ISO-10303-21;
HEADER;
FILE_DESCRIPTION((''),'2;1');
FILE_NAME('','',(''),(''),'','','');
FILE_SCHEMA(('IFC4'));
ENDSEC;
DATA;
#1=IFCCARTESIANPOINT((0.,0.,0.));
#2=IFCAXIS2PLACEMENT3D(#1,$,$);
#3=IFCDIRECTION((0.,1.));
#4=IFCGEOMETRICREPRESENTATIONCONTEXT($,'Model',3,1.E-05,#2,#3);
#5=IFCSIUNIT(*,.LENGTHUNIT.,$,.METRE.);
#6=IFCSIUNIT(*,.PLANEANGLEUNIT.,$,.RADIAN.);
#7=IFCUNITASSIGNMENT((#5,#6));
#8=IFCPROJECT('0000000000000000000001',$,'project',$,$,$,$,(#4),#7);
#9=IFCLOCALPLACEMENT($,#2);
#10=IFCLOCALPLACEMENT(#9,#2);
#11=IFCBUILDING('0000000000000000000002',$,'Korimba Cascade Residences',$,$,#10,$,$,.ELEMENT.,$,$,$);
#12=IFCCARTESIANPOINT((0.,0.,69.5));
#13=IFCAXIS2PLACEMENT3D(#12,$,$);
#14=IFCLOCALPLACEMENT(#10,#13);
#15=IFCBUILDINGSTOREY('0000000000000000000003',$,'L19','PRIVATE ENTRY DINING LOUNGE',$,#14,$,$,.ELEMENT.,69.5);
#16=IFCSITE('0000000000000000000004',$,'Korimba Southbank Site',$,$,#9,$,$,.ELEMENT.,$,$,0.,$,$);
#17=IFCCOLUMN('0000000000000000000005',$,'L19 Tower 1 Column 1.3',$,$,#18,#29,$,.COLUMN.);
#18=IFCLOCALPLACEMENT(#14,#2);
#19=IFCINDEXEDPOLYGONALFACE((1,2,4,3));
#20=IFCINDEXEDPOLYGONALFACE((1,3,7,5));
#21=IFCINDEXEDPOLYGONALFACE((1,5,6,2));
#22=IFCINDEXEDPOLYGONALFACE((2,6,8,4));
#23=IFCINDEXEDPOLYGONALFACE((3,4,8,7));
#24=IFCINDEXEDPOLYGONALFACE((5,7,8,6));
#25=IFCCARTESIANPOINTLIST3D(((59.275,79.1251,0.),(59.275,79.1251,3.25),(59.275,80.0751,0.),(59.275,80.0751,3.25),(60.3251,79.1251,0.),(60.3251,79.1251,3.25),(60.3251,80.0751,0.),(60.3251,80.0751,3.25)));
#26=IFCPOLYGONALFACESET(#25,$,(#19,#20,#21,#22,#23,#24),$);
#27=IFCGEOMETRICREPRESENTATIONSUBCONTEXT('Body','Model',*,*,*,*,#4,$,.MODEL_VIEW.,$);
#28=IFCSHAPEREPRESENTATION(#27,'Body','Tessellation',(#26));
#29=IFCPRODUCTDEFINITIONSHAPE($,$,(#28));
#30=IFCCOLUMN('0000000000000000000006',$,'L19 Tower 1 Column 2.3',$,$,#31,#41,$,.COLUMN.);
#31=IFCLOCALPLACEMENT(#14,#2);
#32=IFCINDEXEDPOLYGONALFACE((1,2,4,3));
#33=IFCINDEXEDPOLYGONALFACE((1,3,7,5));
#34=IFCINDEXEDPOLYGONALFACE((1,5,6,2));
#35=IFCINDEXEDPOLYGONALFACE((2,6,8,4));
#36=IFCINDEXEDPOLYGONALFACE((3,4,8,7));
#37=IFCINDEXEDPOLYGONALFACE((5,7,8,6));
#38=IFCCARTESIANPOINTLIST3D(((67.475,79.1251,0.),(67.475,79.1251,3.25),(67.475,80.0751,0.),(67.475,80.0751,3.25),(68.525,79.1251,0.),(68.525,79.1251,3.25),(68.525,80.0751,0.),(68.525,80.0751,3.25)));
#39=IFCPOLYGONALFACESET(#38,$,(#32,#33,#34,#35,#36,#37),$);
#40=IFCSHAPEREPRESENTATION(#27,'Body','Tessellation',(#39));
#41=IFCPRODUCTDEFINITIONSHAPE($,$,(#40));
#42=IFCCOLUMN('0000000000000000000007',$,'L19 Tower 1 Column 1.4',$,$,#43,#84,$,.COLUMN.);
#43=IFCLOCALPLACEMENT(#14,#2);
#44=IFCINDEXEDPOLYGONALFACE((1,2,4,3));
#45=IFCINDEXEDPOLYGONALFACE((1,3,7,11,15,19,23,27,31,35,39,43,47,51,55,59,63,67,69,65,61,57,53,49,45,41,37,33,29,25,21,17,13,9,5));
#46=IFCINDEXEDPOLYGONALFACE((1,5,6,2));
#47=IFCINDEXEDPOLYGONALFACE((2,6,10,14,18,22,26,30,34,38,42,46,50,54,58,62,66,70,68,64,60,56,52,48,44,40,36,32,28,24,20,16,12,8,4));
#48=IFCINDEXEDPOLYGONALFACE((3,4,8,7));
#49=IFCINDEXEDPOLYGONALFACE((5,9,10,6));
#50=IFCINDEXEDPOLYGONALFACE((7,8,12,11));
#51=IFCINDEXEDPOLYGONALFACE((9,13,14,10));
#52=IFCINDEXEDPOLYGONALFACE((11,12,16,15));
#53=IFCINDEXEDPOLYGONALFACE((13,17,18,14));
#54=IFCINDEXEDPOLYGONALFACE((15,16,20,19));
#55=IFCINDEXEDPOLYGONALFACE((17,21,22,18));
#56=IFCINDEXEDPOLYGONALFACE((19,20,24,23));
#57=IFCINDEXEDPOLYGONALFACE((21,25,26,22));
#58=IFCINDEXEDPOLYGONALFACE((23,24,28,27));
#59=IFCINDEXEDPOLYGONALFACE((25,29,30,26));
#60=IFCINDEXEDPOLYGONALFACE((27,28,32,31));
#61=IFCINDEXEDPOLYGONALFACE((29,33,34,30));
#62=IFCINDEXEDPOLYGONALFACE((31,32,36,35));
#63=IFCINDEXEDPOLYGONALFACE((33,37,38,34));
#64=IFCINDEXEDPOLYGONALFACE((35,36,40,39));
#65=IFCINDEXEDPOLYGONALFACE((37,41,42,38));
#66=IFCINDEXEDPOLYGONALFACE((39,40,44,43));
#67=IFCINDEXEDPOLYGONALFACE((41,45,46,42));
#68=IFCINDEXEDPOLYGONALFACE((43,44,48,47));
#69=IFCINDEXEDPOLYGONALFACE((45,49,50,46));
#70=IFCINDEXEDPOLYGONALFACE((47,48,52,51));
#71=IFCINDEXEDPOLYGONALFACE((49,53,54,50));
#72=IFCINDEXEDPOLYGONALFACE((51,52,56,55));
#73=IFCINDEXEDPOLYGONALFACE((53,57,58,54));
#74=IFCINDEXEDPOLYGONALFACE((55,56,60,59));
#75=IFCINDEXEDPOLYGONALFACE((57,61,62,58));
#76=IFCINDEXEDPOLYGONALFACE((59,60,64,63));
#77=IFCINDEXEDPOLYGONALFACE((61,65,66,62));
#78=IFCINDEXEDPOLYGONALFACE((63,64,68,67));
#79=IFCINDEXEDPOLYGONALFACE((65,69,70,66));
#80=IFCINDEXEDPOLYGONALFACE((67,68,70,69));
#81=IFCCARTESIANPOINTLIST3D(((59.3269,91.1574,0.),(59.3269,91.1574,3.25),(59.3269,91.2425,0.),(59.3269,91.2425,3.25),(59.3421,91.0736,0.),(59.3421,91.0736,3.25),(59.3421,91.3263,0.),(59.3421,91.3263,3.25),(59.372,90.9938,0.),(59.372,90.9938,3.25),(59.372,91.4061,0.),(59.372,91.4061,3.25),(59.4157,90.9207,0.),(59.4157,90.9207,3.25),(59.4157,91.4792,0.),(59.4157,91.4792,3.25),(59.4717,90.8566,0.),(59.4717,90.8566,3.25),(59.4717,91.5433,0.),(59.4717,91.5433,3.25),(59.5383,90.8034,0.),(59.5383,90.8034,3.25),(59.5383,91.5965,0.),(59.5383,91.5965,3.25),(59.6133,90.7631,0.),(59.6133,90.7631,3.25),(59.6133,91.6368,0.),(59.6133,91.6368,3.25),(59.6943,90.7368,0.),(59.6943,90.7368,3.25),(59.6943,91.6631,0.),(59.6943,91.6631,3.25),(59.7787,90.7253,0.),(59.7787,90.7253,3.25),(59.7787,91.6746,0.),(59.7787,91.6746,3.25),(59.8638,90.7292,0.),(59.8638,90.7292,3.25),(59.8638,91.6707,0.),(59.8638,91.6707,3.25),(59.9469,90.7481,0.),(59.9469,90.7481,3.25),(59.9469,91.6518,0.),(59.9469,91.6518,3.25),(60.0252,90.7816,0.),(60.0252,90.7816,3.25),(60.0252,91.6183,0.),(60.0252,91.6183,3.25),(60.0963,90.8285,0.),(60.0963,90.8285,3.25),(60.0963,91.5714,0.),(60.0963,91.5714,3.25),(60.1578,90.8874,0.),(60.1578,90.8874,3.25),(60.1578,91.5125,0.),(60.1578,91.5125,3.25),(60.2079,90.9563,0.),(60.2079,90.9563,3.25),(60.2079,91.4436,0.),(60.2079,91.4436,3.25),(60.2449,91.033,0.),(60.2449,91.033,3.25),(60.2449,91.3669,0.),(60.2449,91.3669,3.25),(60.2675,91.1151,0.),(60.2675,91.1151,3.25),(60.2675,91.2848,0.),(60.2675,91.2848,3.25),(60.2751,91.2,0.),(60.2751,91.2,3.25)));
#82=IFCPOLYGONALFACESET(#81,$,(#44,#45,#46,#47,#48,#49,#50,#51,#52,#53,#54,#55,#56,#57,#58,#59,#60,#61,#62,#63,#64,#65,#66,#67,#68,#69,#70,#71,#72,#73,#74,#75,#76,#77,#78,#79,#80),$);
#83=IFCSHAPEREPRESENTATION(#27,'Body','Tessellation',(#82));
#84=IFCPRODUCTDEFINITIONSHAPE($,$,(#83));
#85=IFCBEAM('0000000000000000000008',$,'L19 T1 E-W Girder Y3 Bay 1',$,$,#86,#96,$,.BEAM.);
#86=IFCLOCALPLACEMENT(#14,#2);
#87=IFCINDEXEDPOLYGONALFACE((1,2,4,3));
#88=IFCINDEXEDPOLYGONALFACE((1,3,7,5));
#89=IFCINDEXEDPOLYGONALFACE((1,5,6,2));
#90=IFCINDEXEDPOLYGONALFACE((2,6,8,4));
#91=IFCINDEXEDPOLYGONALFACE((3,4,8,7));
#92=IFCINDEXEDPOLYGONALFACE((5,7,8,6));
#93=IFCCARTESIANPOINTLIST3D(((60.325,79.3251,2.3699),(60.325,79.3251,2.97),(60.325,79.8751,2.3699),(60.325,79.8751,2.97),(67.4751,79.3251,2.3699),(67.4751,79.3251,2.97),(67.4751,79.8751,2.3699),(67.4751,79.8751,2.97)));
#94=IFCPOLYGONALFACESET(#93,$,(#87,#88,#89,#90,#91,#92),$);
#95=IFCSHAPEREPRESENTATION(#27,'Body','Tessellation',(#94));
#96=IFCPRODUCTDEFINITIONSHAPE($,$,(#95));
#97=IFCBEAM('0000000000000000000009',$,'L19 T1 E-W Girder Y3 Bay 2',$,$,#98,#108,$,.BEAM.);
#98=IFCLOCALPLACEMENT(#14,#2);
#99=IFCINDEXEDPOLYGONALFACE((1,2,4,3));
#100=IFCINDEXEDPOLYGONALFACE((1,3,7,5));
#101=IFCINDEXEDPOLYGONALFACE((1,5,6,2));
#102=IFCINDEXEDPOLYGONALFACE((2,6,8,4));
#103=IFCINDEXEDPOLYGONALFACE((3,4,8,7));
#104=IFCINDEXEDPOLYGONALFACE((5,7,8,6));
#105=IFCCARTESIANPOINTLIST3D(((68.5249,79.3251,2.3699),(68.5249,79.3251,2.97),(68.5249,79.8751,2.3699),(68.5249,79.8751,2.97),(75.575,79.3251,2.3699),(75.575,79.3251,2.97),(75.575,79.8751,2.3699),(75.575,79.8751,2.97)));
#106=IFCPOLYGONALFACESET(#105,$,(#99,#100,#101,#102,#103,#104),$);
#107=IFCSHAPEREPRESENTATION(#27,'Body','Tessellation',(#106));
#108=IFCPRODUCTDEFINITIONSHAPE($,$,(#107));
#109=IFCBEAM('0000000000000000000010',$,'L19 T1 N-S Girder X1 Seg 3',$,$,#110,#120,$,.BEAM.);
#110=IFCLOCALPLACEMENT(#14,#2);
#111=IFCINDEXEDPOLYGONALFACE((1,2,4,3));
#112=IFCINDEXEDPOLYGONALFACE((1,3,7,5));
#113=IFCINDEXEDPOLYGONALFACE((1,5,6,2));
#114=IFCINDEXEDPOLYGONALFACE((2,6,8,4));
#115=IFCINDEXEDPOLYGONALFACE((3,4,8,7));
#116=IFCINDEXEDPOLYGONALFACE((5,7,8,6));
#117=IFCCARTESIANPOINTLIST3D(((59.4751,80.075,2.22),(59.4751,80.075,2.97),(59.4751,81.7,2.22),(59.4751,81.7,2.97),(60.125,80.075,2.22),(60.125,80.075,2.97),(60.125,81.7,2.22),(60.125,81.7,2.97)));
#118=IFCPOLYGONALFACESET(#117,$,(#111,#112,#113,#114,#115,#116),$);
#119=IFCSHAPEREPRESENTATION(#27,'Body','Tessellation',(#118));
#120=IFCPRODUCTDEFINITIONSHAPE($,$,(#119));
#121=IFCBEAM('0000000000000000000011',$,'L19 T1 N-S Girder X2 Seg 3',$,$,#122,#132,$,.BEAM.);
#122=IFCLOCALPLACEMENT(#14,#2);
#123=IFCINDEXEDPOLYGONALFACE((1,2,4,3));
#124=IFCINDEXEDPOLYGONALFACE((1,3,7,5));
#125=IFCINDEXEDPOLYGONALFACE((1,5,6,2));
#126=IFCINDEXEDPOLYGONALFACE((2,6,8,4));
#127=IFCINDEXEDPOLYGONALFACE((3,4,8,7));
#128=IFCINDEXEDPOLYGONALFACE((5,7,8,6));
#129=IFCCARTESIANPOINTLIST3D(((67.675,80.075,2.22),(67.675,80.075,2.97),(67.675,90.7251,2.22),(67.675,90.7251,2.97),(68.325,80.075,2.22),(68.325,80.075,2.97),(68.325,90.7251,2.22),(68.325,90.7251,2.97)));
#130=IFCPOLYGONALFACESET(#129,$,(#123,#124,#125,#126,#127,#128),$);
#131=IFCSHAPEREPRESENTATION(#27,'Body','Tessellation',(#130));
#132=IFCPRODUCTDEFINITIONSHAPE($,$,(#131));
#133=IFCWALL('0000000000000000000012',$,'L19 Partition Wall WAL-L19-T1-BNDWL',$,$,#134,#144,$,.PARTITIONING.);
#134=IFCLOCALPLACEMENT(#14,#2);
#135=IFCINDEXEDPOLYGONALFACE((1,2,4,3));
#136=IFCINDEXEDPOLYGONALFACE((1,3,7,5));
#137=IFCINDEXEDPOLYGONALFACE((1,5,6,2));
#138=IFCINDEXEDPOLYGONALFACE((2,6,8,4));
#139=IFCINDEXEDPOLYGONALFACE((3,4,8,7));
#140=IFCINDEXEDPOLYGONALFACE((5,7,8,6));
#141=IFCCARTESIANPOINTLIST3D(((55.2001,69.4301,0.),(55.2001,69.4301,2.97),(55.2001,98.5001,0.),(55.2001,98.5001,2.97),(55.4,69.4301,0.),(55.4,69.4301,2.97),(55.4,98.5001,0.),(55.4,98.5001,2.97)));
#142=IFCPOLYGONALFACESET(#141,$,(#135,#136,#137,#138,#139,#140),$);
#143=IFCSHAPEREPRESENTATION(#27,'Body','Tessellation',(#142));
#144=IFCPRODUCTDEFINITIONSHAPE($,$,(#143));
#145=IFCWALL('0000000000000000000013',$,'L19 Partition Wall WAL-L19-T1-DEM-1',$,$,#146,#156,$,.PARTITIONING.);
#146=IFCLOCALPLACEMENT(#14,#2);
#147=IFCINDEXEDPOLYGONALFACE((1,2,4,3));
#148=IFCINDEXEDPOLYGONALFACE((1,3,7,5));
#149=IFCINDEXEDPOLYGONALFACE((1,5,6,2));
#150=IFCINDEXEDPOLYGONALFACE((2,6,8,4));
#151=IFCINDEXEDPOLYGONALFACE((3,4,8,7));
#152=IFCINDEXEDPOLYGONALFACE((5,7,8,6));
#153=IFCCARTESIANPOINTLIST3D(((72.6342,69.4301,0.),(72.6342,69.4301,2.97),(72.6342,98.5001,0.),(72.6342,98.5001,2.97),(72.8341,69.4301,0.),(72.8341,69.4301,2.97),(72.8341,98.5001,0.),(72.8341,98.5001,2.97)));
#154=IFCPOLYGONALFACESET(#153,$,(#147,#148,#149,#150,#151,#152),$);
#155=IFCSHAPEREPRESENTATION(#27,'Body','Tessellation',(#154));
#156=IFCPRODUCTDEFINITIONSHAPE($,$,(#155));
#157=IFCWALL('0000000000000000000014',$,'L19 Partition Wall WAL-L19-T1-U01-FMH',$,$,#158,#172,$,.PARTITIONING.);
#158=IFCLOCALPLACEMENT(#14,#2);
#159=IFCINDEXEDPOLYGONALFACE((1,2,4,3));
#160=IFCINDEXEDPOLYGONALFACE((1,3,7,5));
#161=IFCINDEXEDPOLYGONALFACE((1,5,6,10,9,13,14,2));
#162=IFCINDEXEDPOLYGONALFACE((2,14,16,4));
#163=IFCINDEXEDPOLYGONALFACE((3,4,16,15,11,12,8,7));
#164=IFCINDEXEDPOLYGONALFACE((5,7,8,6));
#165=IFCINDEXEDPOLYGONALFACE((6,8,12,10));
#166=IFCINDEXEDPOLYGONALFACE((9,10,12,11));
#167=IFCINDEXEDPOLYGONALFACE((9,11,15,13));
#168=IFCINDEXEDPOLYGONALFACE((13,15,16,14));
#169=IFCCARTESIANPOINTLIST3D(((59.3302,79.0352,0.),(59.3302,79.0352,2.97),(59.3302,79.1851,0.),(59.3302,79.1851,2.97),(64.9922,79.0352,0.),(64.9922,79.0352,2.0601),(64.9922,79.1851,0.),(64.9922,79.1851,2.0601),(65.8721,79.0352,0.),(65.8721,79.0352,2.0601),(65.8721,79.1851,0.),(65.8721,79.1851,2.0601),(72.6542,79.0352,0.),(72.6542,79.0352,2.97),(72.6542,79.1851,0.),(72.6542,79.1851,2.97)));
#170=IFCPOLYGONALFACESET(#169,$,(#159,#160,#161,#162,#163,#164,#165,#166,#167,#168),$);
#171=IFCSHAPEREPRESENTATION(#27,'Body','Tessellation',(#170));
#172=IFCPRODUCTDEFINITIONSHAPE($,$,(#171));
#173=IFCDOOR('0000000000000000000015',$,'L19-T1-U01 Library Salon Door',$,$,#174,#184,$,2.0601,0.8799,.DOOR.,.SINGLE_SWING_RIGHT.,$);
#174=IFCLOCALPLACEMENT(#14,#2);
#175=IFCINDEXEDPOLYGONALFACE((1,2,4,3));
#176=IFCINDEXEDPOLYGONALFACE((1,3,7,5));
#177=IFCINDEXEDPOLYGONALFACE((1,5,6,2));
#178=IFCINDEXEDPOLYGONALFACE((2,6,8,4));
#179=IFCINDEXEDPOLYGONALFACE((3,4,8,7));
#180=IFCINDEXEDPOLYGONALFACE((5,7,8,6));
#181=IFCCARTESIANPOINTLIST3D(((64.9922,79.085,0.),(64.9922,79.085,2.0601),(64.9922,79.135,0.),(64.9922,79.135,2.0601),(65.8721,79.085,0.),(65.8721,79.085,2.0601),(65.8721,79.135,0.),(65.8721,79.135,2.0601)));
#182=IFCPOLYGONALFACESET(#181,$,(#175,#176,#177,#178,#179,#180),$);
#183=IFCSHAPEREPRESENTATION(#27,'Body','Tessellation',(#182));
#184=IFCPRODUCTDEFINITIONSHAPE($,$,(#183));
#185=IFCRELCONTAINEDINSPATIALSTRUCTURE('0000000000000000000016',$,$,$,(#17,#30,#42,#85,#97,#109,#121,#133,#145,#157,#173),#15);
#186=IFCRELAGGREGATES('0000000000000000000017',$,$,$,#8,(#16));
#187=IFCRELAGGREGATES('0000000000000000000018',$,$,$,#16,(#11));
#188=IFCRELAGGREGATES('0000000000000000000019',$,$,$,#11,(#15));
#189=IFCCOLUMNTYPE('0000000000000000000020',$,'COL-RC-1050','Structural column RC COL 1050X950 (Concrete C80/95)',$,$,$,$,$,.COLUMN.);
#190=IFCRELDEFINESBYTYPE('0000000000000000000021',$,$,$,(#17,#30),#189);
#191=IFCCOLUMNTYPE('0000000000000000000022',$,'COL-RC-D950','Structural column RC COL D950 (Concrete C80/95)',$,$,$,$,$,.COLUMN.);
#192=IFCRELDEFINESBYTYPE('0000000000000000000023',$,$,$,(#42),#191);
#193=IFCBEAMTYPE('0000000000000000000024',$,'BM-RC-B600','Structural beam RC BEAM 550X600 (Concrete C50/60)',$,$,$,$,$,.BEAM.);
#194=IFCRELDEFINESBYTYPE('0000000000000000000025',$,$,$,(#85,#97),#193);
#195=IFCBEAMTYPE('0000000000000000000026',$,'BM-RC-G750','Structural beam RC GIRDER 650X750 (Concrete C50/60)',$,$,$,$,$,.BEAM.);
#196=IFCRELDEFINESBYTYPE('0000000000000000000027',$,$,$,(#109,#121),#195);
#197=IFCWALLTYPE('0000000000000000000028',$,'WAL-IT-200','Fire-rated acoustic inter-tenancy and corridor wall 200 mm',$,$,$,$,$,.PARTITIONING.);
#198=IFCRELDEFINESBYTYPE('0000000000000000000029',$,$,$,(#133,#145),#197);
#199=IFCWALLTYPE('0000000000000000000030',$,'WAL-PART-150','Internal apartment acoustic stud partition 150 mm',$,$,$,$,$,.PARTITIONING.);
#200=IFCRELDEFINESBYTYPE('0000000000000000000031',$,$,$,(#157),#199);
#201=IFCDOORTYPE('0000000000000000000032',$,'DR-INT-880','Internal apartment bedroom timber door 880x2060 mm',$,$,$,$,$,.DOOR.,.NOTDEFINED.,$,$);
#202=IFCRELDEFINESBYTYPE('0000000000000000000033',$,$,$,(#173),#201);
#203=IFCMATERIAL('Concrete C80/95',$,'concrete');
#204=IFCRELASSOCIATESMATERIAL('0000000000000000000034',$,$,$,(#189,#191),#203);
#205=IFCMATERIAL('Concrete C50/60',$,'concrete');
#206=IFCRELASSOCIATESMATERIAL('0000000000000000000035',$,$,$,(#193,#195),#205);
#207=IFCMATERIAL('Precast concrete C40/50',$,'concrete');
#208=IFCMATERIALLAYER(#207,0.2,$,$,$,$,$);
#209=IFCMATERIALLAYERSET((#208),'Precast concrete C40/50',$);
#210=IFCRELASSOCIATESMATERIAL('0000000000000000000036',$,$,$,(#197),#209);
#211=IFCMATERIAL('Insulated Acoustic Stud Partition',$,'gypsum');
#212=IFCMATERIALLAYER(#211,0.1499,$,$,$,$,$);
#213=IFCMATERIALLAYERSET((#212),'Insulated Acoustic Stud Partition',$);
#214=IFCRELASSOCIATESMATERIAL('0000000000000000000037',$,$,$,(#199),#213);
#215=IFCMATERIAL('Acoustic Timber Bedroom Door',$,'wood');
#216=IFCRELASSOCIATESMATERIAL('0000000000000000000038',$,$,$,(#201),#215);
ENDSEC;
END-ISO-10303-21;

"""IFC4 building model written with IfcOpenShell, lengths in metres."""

from ifc_helpers import new_model, si_unit, direction, frame, frame_2d, origin, origin_2d, place, context, subcontext, project, spatial, rectangle, circle, extrude, material, layer, layer_set, material_profile, profile_set, type_object, element, fill, save


model = new_model("IFC4")

# Units and contexts
model_context = context("Model", 3, precision=1e-05, world=origin(), true_north=direction((0.0, 1.0)))
body_context = subcontext(model_context, "Body", "Model", "MODEL_VIEW")
ifc_project = project(units=[si_unit("LENGTHUNIT", "METRE"), si_unit("PLANEANGLEUNIT", "RADIAN")], contexts=[model_context])

# Site, building, storey
site_placement = place(None, origin())
site = spatial("IfcSite", under=ifc_project, at=site_placement, Name="Korimba Southbank Site", CompositionType="ELEMENT", RefElevation=0.0)
building_placement = place(site_placement, origin())
building = spatial("IfcBuilding", under=site, at=building_placement, Name="Korimba Cascade Residences", CompositionType="ELEMENT")
storey_placement = place(building_placement, frame((0.0, 0.0, 69.5)))
storey = spatial("IfcBuildingStorey", under=building, at=storey_placement, Name="L19", Description="PRIVATE ENTRY DINING LOUNGE", CompositionType="ELEMENT", Elevation=69.5)

# Columns
ifc_material_1 = material(Name="Concrete C80/95", Category="concrete")
ifc_material_profile_1 = material_profile(ifc_material_1, rectangle(XDim=1.05, YDim=0.95, at=origin_2d()), Name="Concrete C80/95")
ifc_profile_set_1 = profile_set([ifc_material_profile_1], Name="Concrete C80/95")
column_type_1 = type_object("IfcColumnType", Name="COL-RC-1050", Description="Structural column RC COL 1050X950 (Concrete C80/95)", PredefinedType="COLUMN", material=ifc_profile_set_1)
for number, where, z_axis, x_axis, name in (
    (1, (59.8, 79.6001, 0.0), (0.0, 0.0, 1.0), (1.0, 0.0, 0.0), "L19 Tower 1 Column 1.3"),
    (2, (68.0, 79.6001, 0.0), (0.0, 0.0, 1.0), (1.0, 0.0, 0.0), "L19 Tower 1 Column 2.3"),
):
    element("IfcColumn", number, at=place(storey_placement, frame(where, z_axis=z_axis, x_axis=x_axis)), inside=storey, type_object=column_type_1, Name=name, PredefinedType="COLUMN", context=body_context, shape_type="SweptSolid", body=[
        extrude(rectangle(XDim=1.05, YDim=0.95, at=origin_2d()), origin(), (0.0, 0.0, 1.0), 3.25),
    ])
ifc_material_profile_2 = material_profile(ifc_material_1, circle(Radius=0.4751, at=origin_2d()), Name="Concrete C80/95")
ifc_profile_set_2 = profile_set([ifc_material_profile_2], Name="Concrete C80/95")
column_type_2 = type_object("IfcColumnType", Name="COL-RC-D950", Description="Structural column RC COL D950 (Concrete C80/95)", PredefinedType="COLUMN", material=ifc_profile_set_2)
column_placement = place(storey_placement, frame((59.8, 91.2, 0.0), z_axis=(0.0, 0.0, 1.0), x_axis=(1.0, 0.0, 0.0)))
element("IfcColumn", 3, at=column_placement, inside=storey, type_object=column_type_2, Name="L19 Tower 1 Column 1.4", PredefinedType="COLUMN", context=body_context, shape_type="SweptSolid", body=[
    extrude(circle(Radius=0.4751, at=origin_2d()), origin(), (0.0, 0.0, 1.0), 3.25),
])

# Beams
ifc_material_2 = material(Name="Concrete C50/60", Category="concrete")
ifc_material_profile_3 = material_profile(ifc_material_2, rectangle(XDim=0.55, YDim=0.6001, at=origin_2d()), Name="Concrete C50/60")
ifc_profile_set_3 = profile_set([ifc_material_profile_3], Name="Concrete C50/60")
beam_type_1 = type_object("IfcBeamType", Name="BM-RC-B600", Description="Structural beam RC BEAM 550X600 (Concrete C50/60)", PredefinedType="BEAM", material=ifc_profile_set_3)
beam_1_placement = place(storey_placement, frame((60.325, 79.6001, 2.6699), z_axis=(1.0, 0.0, 0.0), x_axis=(0.0, 1.0, 0.0)))
element("IfcBeam", 4, at=beam_1_placement, inside=storey, type_object=beam_type_1, Name="L19 T1 E-W Girder Y3 Bay 1", PredefinedType="BEAM", context=body_context, shape_type="SweptSolid", body=[
    extrude(rectangle(XDim=0.55, YDim=0.6001, at=origin_2d()), origin(), (0.0, 0.0, 1.0), 7.1501),
])
beam_2_placement = place(storey_placement, frame((68.5249, 79.6001, 2.6699), z_axis=(1.0, 0.0, 0.0), x_axis=(0.0, 1.0, 0.0)))
element("IfcBeam", 5, at=beam_2_placement, inside=storey, type_object=beam_type_1, Name="L19 T1 E-W Girder Y3 Bay 2", PredefinedType="BEAM", context=body_context, shape_type="SweptSolid", body=[
    extrude(rectangle(XDim=0.55, YDim=0.6001, at=origin_2d()), origin(), (0.0, 0.0, 1.0), 7.05),
])
ifc_material_profile_4 = material_profile(ifc_material_2, rectangle(XDim=0.6499, YDim=0.75, at=origin_2d()), Name="Concrete C50/60")
ifc_profile_set_4 = profile_set([ifc_material_profile_4], Name="Concrete C50/60")
beam_type_2 = type_object("IfcBeamType", Name="BM-RC-G750", Description="Structural beam RC GIRDER 650X750 (Concrete C50/60)", PredefinedType="BEAM", material=ifc_profile_set_4)
beam_3_placement = place(storey_placement, frame((59.8, 80.075, 2.595), z_axis=(0.0, 1.0, 0.0), x_axis=(-1.0, 0.0, 0.0)))
element("IfcBeam", 6, at=beam_3_placement, inside=storey, type_object=beam_type_2, Name="L19 T1 N-S Girder X1 Seg 3", PredefinedType="BEAM", context=body_context, shape_type="SweptSolid", body=[
    extrude(rectangle(XDim=0.6499, YDim=0.75, at=origin_2d()), origin(), (0.0, 0.0, 1.0), 1.625),
])
beam_4_placement = place(storey_placement, frame((68.0, 80.075, 2.595), z_axis=(0.0, 1.0, 0.0), x_axis=(-1.0, 0.0, 0.0)))
element("IfcBeam", 7, at=beam_4_placement, inside=storey, type_object=beam_type_2, Name="L19 T1 N-S Girder X2 Seg 3", PredefinedType="BEAM", context=body_context, shape_type="SweptSolid", body=[
    extrude(rectangle(XDim=0.6499, YDim=0.75, at=origin_2d()), origin(), (0.0, 0.0, 1.0), 10.6501),
])

# Walls
ifc_material_3 = material(Name="Precast concrete C40/50", Category="concrete")
ifc_layer_1 = layer(ifc_material_3, 0.2)
ifc_layer_set_1 = layer_set([ifc_layer_1], Name="Precast concrete C40/50")
wall_type_1 = type_object("IfcWallType", Name="WAL-IT-200", Description="Fire-rated acoustic inter-tenancy and corridor wall 200 mm", PredefinedType="PARTITIONING", material=ifc_layer_set_1)
for number, where, z_axis, x_axis, name in (
    (8, (55.3, 69.4299, 0.0), (0.0, 0.0, 1.0), (0.0, 1.0, 0.0), "L19 Partition Wall WAL-L19-T1-BNDWL"),
    (9, (72.7341, 69.4299, 0.0), (0.0, 0.0, 1.0), (0.0, 1.0, 0.0), "L19 Partition Wall WAL-L19-T1-DEM-1"),
):
    element("IfcWall", number, at=place(storey_placement, frame(where, z_axis=z_axis, x_axis=x_axis)), inside=storey, type_object=wall_type_1, Name=name, PredefinedType="PARTITIONING", context=body_context, shape_type="SweptSolid", body=[
        extrude(rectangle(XDim=29.0701, YDim=0.2, at=frame_2d((14.5352, 0.0))), origin(), (0.0, 0.0, 1.0), 2.97),
    ])

# Wall, opening, door
ifc_material_4 = material(Name="Insulated Acoustic Stud Partition", Category="gypsum")
ifc_layer_2 = layer(ifc_material_4, 0.1499)
ifc_layer_set_2 = layer_set([ifc_layer_2], Name="Insulated Acoustic Stud Partition")
wall_type_2 = type_object("IfcWallType", Name="WAL-PART-150", Description="Internal apartment acoustic stud partition 150 mm", PredefinedType="PARTITIONING", material=ifc_layer_set_2)
wall_1_placement = place(storey_placement, frame((59.3301, 79.1101, 0.0), z_axis=(0.0, 0.0, 1.0), x_axis=(1.0, 0.0, 0.0)))
wall_1 = element("IfcWall", 10, at=wall_1_placement, inside=storey, type_object=wall_type_2, Name="L19 Partition Wall WAL-L19-T1-U01-FMH", PredefinedType="PARTITIONING", context=body_context, shape_type="SweptSolid", body=[
    extrude(rectangle(XDim=13.324, YDim=0.1499, at=frame_2d((6.6621, 0.0))), origin(), (0.0, 0.0, 1.0), 2.97),
])
opening_1_placement = place(wall_1_placement, frame((5.6621, 0.0, 0.0)))
opening_1 = element("IfcOpeningElement", 11, at=opening_1_placement, cuts=wall_1, PredefinedType="OPENING", context=body_context, shape_type="SweptSolid", body=[
    extrude(rectangle(XDim=0.8799, YDim=2.0601, at=frame_2d((0.4399, 1.03))), frame((0.0, 0.085, 0.0), z_axis=(0.0, -1.0, 0.0), x_axis=(1.0, 0.0, 0.0)), (0.0, 0.0, 1.0), 0.1699),
])
ifc_material_5 = material(Name="Acoustic Timber Bedroom Door", Category="wood")
door_type_1 = type_object("IfcDoorType", Name="DR-INT-880", Description="Internal apartment bedroom timber door 880x2060 mm", OperationType="NOTDEFINED", PredefinedType="DOOR", material=ifc_material_5)
door_1_placement = place(opening_1_placement, origin())
door_1 = element("IfcDoor", 12, at=door_1_placement, inside=storey, type_object=door_type_1, Name="L19-T1-U01 Library Salon Door", OperationType="SINGLE_SWING_RIGHT", OverallHeight=2.0601, OverallWidth=0.8799, PredefinedType="DOOR", context=body_context, shape_type="SweptSolid", body=[
    extrude(rectangle(XDim=0.8799, YDim=2.0601, at=frame_2d((0.4399, 1.03))), frame((0.0, 0.0249, 0.0), z_axis=(0.0, -1.0, 0.0), x_axis=(1.0, 0.0, 0.0)), (0.0, 0.0, 1.0), 0.05),
])
fill(opening_1, door_1)

save(model, "model.ifc")
